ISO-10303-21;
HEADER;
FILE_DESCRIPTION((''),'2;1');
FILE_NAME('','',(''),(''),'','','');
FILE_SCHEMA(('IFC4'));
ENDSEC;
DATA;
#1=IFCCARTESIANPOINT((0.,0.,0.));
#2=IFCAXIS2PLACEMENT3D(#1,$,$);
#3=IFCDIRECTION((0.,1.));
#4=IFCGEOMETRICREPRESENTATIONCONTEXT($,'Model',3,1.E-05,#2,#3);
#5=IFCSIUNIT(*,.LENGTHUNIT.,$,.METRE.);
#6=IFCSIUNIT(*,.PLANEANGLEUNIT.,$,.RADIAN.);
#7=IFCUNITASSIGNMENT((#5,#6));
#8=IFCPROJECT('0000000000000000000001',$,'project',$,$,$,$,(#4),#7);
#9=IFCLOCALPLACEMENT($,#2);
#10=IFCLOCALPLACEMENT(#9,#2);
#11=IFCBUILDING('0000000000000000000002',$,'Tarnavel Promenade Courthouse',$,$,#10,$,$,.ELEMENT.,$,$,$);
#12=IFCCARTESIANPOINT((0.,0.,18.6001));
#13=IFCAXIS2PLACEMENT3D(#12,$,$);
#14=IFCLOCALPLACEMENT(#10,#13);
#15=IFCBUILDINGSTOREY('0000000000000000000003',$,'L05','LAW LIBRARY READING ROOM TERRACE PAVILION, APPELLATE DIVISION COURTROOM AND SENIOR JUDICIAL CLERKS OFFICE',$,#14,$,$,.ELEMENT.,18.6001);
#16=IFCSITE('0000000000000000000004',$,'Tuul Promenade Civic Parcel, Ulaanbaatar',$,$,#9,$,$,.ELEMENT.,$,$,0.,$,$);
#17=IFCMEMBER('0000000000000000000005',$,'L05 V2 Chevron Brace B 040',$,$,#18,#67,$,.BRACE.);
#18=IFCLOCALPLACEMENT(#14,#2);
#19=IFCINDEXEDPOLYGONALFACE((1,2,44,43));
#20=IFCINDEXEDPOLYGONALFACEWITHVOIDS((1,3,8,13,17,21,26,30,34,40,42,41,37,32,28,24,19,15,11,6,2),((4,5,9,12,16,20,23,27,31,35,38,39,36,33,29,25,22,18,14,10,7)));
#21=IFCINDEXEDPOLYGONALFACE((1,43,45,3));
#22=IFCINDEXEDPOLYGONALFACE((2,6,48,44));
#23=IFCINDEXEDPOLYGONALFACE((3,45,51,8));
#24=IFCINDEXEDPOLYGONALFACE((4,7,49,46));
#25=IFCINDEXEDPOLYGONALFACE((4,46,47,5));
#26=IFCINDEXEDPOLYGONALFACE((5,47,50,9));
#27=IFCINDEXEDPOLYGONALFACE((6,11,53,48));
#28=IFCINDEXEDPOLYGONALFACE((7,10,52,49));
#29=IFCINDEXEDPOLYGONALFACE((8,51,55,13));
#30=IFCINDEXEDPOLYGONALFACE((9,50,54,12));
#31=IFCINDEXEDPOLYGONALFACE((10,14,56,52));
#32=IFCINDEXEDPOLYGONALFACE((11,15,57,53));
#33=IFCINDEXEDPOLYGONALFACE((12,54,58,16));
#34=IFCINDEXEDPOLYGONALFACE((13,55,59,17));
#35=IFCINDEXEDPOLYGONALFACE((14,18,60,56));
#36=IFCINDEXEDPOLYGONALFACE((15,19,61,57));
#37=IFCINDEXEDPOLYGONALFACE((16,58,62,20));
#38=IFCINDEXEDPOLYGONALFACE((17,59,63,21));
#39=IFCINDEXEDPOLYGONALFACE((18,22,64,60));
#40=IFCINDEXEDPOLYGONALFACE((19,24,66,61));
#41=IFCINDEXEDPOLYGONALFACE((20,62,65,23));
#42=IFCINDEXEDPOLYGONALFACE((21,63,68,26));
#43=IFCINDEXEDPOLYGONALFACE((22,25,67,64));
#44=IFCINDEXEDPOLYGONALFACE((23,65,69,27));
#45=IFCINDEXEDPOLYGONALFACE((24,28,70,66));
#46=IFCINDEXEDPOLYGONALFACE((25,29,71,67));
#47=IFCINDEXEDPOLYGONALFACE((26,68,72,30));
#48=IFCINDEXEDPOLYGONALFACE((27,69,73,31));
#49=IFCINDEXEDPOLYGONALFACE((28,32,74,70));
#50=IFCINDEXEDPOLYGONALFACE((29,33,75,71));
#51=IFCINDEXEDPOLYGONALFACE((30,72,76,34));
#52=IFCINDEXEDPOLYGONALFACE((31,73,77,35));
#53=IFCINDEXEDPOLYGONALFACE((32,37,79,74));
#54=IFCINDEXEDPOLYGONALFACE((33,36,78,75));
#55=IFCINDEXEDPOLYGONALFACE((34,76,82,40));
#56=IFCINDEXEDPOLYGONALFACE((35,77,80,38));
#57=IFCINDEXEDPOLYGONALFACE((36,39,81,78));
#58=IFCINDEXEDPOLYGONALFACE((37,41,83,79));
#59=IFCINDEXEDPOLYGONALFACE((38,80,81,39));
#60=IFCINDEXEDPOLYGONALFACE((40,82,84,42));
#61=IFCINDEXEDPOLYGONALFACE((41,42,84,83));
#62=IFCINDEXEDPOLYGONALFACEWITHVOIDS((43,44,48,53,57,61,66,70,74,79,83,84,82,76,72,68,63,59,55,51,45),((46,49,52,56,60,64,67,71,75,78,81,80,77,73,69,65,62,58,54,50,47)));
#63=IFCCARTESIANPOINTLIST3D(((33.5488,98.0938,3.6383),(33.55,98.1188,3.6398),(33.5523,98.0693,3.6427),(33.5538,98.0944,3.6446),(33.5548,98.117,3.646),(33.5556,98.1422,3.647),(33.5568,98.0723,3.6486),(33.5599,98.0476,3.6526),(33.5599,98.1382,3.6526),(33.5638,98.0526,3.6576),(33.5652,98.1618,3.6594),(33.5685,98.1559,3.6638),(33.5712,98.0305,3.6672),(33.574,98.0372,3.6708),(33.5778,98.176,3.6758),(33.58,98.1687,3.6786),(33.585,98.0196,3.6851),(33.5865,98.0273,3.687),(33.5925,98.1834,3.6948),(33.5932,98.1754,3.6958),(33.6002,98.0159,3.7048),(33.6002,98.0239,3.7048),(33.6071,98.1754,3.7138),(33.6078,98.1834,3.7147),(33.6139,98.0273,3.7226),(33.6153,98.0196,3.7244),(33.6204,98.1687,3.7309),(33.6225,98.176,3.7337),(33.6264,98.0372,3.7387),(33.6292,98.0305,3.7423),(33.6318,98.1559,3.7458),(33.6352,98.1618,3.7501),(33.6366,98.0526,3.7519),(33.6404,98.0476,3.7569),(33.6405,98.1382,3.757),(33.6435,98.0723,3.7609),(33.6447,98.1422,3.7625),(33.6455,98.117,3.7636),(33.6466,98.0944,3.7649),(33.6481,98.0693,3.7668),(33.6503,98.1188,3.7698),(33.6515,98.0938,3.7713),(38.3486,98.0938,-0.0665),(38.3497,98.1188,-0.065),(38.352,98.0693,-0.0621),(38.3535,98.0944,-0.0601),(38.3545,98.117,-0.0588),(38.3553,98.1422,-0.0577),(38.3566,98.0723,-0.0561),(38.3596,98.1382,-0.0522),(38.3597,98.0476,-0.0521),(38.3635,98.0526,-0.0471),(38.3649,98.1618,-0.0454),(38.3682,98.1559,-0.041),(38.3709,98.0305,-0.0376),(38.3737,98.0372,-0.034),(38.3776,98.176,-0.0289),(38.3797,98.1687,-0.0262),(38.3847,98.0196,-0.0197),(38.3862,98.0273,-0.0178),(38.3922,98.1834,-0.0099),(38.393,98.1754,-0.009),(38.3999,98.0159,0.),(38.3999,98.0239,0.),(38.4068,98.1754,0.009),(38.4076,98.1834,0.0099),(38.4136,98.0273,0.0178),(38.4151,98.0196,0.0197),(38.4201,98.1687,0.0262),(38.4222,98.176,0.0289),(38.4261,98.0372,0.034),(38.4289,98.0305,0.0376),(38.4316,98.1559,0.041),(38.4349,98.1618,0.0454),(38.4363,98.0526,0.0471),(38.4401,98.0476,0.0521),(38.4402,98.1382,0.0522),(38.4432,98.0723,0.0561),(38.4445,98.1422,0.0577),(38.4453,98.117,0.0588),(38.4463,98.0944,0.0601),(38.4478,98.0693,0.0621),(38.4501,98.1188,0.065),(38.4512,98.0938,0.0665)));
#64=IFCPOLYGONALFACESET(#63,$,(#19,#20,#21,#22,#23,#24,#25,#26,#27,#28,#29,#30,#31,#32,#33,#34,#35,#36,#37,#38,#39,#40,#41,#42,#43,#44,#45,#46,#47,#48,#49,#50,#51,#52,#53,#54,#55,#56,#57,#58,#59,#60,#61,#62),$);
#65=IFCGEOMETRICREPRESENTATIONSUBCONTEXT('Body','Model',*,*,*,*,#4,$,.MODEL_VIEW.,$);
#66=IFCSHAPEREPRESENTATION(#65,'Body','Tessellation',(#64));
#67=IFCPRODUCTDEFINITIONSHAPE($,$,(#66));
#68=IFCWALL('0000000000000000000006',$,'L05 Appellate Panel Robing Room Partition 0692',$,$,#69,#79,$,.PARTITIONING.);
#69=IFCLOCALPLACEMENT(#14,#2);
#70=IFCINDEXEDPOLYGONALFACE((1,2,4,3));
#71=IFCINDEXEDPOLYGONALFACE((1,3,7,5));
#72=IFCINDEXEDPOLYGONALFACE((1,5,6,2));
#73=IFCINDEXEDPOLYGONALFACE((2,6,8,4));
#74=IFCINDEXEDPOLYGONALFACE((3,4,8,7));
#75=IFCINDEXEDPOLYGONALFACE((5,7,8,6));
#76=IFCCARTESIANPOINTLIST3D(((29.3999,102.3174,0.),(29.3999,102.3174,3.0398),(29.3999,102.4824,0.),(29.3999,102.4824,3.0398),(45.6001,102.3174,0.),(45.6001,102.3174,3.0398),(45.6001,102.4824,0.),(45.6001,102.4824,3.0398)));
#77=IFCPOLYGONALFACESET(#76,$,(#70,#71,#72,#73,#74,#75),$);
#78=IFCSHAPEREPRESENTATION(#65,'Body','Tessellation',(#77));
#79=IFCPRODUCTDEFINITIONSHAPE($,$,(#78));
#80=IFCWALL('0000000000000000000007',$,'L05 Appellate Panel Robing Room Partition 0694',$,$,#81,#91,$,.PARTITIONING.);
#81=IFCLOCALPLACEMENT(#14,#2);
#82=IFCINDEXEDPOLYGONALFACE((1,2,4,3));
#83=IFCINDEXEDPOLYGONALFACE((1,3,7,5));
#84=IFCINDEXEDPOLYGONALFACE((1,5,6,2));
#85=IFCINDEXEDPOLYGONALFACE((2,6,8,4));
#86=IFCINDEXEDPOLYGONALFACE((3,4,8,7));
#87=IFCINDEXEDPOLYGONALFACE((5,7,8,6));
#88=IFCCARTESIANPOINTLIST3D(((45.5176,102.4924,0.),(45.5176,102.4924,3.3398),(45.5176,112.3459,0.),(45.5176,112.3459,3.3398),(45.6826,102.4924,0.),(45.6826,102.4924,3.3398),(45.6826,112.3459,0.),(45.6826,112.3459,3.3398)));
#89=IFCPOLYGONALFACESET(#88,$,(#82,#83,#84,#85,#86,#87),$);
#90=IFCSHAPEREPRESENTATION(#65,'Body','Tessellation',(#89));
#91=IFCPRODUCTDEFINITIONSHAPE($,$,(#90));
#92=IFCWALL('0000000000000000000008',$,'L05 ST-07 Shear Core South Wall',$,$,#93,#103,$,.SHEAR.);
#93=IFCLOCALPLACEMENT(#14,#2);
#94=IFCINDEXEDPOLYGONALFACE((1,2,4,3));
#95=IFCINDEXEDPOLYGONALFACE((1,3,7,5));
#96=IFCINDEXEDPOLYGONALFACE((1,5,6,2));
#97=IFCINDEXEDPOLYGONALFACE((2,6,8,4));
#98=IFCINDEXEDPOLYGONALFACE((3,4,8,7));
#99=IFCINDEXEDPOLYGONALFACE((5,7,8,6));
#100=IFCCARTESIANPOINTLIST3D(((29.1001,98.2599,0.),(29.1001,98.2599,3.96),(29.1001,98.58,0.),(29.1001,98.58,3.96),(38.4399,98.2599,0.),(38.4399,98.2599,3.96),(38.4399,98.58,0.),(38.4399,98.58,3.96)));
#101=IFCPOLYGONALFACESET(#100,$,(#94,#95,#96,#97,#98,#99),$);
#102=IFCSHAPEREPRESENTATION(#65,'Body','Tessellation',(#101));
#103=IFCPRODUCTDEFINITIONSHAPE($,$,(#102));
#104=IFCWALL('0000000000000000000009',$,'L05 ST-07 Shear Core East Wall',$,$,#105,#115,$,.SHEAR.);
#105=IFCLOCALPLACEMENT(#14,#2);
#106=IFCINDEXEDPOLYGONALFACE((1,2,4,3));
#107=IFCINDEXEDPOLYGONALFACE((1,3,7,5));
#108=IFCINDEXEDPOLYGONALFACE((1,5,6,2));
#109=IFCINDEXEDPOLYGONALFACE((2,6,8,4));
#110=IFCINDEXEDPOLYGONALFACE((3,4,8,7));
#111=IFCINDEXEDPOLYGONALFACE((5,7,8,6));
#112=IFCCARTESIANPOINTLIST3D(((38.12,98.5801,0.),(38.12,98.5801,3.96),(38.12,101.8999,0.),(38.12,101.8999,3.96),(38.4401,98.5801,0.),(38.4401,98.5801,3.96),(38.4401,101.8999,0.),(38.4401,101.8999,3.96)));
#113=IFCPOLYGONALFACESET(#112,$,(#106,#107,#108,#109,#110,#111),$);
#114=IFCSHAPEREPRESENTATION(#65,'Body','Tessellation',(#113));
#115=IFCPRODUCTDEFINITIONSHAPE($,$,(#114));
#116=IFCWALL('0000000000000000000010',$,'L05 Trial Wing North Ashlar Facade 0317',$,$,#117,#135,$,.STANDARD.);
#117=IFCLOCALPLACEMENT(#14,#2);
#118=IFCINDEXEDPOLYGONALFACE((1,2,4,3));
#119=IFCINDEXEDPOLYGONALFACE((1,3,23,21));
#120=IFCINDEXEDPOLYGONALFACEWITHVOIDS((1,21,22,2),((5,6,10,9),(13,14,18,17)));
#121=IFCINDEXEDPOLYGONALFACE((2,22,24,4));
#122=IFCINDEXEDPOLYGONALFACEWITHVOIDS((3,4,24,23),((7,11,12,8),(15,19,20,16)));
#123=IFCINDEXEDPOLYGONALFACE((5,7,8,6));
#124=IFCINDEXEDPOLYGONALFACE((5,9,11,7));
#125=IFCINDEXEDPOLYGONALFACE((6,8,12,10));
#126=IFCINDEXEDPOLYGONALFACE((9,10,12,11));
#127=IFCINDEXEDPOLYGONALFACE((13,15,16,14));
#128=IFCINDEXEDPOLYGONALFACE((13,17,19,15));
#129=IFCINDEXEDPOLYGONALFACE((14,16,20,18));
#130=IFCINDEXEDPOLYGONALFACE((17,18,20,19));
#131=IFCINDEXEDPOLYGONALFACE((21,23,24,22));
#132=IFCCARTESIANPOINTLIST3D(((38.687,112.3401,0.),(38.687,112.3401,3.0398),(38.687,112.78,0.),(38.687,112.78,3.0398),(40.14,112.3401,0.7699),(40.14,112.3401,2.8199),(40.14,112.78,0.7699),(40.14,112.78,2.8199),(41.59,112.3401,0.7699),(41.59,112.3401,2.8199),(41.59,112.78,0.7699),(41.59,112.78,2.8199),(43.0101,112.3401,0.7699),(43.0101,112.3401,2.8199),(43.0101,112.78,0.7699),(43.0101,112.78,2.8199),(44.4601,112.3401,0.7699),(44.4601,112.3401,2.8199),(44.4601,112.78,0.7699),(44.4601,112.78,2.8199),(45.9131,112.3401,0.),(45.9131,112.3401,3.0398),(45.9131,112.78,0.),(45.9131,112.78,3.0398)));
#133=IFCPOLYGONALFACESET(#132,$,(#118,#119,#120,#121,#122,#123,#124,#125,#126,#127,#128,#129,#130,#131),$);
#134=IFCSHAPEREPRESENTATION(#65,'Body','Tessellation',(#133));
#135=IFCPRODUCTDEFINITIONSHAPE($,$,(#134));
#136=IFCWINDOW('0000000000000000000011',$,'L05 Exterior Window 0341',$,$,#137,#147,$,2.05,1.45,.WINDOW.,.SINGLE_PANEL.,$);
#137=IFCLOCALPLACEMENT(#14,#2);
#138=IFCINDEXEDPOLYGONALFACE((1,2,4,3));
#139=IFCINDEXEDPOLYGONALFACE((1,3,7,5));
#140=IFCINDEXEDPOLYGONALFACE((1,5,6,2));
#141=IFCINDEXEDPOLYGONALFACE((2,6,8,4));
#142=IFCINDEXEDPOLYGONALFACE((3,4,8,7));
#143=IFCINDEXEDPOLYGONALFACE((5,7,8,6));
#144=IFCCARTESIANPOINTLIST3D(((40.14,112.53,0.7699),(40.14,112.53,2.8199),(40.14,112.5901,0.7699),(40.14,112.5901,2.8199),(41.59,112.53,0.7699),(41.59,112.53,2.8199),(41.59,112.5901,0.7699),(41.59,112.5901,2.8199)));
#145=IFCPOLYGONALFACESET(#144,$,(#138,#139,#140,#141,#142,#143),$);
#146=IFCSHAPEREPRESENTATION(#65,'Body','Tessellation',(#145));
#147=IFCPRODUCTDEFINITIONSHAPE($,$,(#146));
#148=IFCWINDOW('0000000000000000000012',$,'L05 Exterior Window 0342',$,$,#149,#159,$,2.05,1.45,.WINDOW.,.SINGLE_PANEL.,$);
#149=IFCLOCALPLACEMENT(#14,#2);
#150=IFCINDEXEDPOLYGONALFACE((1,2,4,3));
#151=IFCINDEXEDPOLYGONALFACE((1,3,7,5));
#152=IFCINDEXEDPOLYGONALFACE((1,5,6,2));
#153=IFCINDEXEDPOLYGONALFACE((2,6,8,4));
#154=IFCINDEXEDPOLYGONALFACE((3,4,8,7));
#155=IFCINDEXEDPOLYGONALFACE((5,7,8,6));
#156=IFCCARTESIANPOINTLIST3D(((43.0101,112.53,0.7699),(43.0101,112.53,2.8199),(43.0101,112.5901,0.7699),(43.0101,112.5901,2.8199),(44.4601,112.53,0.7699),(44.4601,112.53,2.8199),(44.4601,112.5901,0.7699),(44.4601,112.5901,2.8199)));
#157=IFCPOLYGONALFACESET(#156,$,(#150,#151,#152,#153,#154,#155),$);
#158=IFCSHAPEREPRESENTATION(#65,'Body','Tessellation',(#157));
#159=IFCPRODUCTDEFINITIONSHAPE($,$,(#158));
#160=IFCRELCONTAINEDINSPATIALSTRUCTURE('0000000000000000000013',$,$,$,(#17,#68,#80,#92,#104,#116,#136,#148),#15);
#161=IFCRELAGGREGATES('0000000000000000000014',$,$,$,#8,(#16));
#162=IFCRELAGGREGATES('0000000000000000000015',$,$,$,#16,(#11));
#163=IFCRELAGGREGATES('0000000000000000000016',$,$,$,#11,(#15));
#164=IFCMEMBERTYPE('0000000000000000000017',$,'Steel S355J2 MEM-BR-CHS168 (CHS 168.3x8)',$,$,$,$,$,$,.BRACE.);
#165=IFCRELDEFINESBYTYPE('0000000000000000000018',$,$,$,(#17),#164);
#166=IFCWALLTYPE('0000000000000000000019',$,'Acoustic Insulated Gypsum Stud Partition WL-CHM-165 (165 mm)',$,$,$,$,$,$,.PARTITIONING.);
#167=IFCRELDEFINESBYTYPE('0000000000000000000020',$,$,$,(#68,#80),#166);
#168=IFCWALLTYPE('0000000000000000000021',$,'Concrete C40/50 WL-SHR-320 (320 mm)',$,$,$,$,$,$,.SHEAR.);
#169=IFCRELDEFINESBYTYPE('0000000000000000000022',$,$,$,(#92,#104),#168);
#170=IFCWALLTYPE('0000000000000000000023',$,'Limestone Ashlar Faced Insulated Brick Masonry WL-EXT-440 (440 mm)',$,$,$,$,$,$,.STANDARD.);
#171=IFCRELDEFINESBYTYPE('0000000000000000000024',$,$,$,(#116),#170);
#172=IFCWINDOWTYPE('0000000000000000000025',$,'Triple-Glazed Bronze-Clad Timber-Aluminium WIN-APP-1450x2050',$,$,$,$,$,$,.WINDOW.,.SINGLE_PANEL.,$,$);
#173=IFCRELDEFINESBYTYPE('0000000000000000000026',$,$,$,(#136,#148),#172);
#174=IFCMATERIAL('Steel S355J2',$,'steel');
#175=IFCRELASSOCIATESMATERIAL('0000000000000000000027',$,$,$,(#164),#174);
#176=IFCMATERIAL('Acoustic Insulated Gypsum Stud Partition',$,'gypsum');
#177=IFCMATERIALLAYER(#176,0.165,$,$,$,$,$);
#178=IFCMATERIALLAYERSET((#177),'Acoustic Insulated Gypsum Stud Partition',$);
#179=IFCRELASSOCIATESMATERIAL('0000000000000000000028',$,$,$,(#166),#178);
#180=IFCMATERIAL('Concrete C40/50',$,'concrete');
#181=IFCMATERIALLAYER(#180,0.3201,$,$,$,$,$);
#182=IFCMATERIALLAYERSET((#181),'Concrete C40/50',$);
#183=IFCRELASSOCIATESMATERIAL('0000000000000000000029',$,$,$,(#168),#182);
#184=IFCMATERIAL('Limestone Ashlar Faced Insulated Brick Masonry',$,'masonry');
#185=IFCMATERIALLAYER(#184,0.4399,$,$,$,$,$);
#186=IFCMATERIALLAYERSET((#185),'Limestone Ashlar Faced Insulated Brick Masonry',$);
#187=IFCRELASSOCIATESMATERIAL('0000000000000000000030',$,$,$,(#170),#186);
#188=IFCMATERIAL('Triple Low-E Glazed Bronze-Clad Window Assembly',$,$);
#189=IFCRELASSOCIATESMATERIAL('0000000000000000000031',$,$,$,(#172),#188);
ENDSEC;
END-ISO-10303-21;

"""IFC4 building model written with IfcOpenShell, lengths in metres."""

from ifc_helpers import new_model, si_unit, direction, frame, frame_2d, origin, origin_2d, place, context, subcontext, project, spatial, rectangle, hollow_circle, extrude, material, layer, layer_set, material_profile, profile_set, type_object, element, fill, save


model = new_model("IFC4")

# Units and contexts
model_context = context("Model", 3, precision=1e-05, world=origin(), true_north=direction((0.0, 1.0)))
body_context = subcontext(model_context, "Body", "Model", "MODEL_VIEW")
ifc_project = project(units=[si_unit("LENGTHUNIT", "METRE"), si_unit("PLANEANGLEUNIT", "RADIAN")], contexts=[model_context])

# Site, building, storey
site_placement = place(None, origin())
site = spatial("IfcSite", under=ifc_project, at=site_placement, Name="Tuul Promenade Civic Parcel, Ulaanbaatar", CompositionType="ELEMENT", RefElevation=0.0)
building_placement = place(site_placement, origin())
building = spatial("IfcBuilding", under=site, at=building_placement, Name="Tarnavel Promenade Courthouse", CompositionType="ELEMENT")
storey_placement = place(building_placement, frame((0.0, 0.0, 18.6001)))
storey = spatial("IfcBuildingStorey", under=building, at=storey_placement, Name="L05", Description="LAW LIBRARY READING ROOM TERRACE PAVILION, APPELLATE DIVISION COURTROOM AND SENIOR JUDICIAL CLERKS OFFICE", CompositionType="ELEMENT", Elevation=18.6001)

# Shared definitions
ifc_material_1 = material(Name="Concrete C40/50", Category="concrete")

# Member
ifc_material_2 = material(Name="Steel S355J2", Category="steel")
ifc_material_profile_1 = material_profile(ifc_material_2, hollow_circle(Radius=0.0842, WallThickness=0.0081, at=origin_2d()), Name="CHS 168.3x8")
ifc_profile_set_1 = profile_set([ifc_material_profile_1], Name="Steel S355J2")
member_type = type_object("IfcMemberType", Name="Steel S355J2 MEM-BR-CHS168 (CHS 168.3x8)", PredefinedType="BRACE", material=ifc_profile_set_1)
member_placement = place(storey_placement, frame((38.3999, 98.1001, 0.0), z_axis=(-0.791613, 0.0, 0.611023), x_axis=(0.0, -1.0, 0.0)))
element("IfcMember", 1, at=member_placement, inside=storey, type_object=member_type, Name="L05 V2 Chevron Brace B 040", PredefinedType="BRACE", context=body_context, shape_type="SweptSolid", body=[
    extrude(hollow_circle(Radius=0.0842, WallThickness=0.0081, at=origin_2d()), origin(), (0.0, 0.0, 1.0), 6.0632),
])

# Walls
ifc_material_3 = material(Name="Acoustic Insulated Gypsum Stud Partition", Category="gypsum")
ifc_layer_1 = layer(ifc_material_3, 0.165)
ifc_layer_set_1 = layer_set([ifc_layer_1], Name="Acoustic Insulated Gypsum Stud Partition")
wall_type_1 = type_object("IfcWallType", Name="Acoustic Insulated Gypsum Stud Partition WL-CHM-165 (165 mm)", PredefinedType="PARTITIONING", material=ifc_layer_set_1)
wall_1_placement = place(storey_placement, frame((45.6001, 102.3999, 0.0), z_axis=(0.0, 0.0, 1.0), x_axis=(-1.0, 0.0, 0.0)))
element("IfcWall", 2, at=wall_1_placement, inside=storey, type_object=wall_type_1, Name="L05 Appellate Panel Robing Room Partition 0692", PredefinedType="PARTITIONING", context=body_context, shape_type="SweptSolid", body=[
    extrude(rectangle(XDim=16.2002, YDim=0.165, at=frame_2d((8.1001, 0.0))), origin(), (0.0, 0.0, 1.0), 3.0398),
])
wall_2_placement = place(storey_placement, frame((45.6001, 112.3459, 0.0), z_axis=(0.0, 0.0, 1.0), x_axis=(0.0, -1.0, 0.0)))
element("IfcWall", 3, at=wall_2_placement, inside=storey, type_object=wall_type_1, Name="L05 Appellate Panel Robing Room Partition 0694", PredefinedType="PARTITIONING", context=body_context, shape_type="SweptSolid", body=[
    extrude(rectangle(XDim=9.8535, YDim=0.165, at=frame_2d((4.9268, 0.0))), origin(), (0.0, 0.0, 1.0), 3.3398),
])
ifc_layer_2 = layer(ifc_material_1, 0.3201)
ifc_layer_set_2 = layer_set([ifc_layer_2], Name="Concrete C40/50")
wall_type_2 = type_object("IfcWallType", Name="Concrete C40/50 WL-SHR-320 (320 mm)", PredefinedType="SHEAR", material=ifc_layer_set_2)
wall_3_placement = place(storey_placement, frame((38.4399, 98.4199, 0.0), z_axis=(0.0, 0.0, 1.0), x_axis=(-1.0, 0.0, 0.0)))
element("IfcWall", 4, at=wall_3_placement, inside=storey, type_object=wall_type_2, Name="L05 ST-07 Shear Core South Wall", PredefinedType="SHEAR", context=body_context, shape_type="SweptSolid", body=[
    extrude(rectangle(XDim=9.3398, YDim=0.3201, at=frame_2d((4.6699, 0.0))), origin(), (0.0, 0.0, 1.0), 3.96),
])
wall_4_placement = place(storey_placement, frame((38.28, 101.8999, 0.0), z_axis=(0.0, 0.0, 1.0), x_axis=(0.0, -1.0, 0.0)))
element("IfcWall", 5, at=wall_4_placement, inside=storey, type_object=wall_type_2, Name="L05 ST-07 Shear Core East Wall", PredefinedType="SHEAR", context=body_context, shape_type="SweptSolid", body=[
    extrude(rectangle(XDim=3.3198, YDim=0.3201, at=frame_2d((1.6599, 0.0))), origin(), (0.0, 0.0, 1.0), 3.96),
])

# Wall, openings, windows
ifc_material_4 = material(Name="Limestone Ashlar Faced Insulated Brick Masonry", Category="masonry")
ifc_layer_3 = layer(ifc_material_4, 0.4399)
ifc_layer_set_3 = layer_set([ifc_layer_3], Name="Limestone Ashlar Faced Insulated Brick Masonry")
wall_type_3 = type_object("IfcWallType", Name="Limestone Ashlar Faced Insulated Brick Masonry WL-EXT-440 (440 mm)", PredefinedType="STANDARD", material=ifc_layer_set_3)
wall_5_placement = place(storey_placement, frame((38.687, 112.5601, 0.0), z_axis=(0.0, 0.0, 1.0), x_axis=(1.0, 0.0, 0.0)))
wall_5 = element("IfcWall", 6, at=wall_5_placement, inside=storey, type_object=wall_type_3, Name="L05 Trial Wing North Ashlar Facade 0317", PredefinedType="STANDARD", context=body_context, shape_type="SweptSolid", body=[
    extrude(rectangle(XDim=7.2261, YDim=0.4399, at=frame_2d((3.613, 0.0))), origin(), (0.0, 0.0, 1.0), 3.0398),
])
opening_1_placement = place(wall_5_placement, frame((1.4529, 0.0, 0.77)))
opening_1 = element("IfcOpeningElement", 7, at=opening_1_placement, cuts=wall_5, PredefinedType="OPENING", context=body_context, shape_type="SweptSolid", body=[
    extrude(rectangle(XDim=1.45, YDim=2.05, at=frame_2d((0.7251, 1.0249))), frame((0.0, 0.23, 0.0), z_axis=(0.0, -1.0, 0.0), x_axis=(1.0, 0.0, 0.0)), (0.0, 0.0, 1.0), 0.46),
])
opening_2_placement = place(wall_5_placement, frame((4.323, 0.0, 0.77)))
opening_2 = element("IfcOpeningElement", 8, at=opening_2_placement, cuts=wall_5, PredefinedType="OPENING", context=body_context, shape_type="SweptSolid", body=[
    extrude(rectangle(XDim=1.45, YDim=2.05, at=frame_2d((0.7251, 1.0249))), frame((0.0, 0.23, 0.0), z_axis=(0.0, -1.0, 0.0), x_axis=(1.0, 0.0, 0.0)), (0.0, 0.0, 1.0), 0.46),
])
ifc_material_5 = material(Name="Triple Low-E Glazed Bronze-Clad Window Assembly")
window_type_1 = type_object("IfcWindowType", Name="Triple-Glazed Bronze-Clad Timber-Aluminium WIN-APP-1450x2050", PartitioningType="SINGLE_PANEL", PredefinedType="WINDOW", material=ifc_material_5)
window_1_placement = place(opening_1_placement, origin())
window_1 = element("IfcWindow", 9, at=window_1_placement, inside=storey, type_object=window_type_1, Name="L05 Exterior Window 0341", OverallHeight=2.05, OverallWidth=1.45, PartitioningType="SINGLE_PANEL", PredefinedType="WINDOW", context=body_context, shape_type="SweptSolid", body=[
    extrude(rectangle(XDim=1.45, YDim=2.05, at=frame_2d((0.7251, 1.0249))), frame((0.0, 0.03, 0.0), z_axis=(0.0, -1.0, 0.0), x_axis=(1.0, 0.0, 0.0)), (0.0, 0.0, 1.0), 0.0601),
])
fill(opening_1, window_1)
window_2_placement = place(opening_2_placement, origin())
window_2 = element("IfcWindow", 10, at=window_2_placement, inside=storey, type_object=window_type_1, Name="L05 Exterior Window 0342", OverallHeight=2.05, OverallWidth=1.45, PartitioningType="SINGLE_PANEL", PredefinedType="WINDOW", context=body_context, shape_type="SweptSolid", body=[
    extrude(rectangle(XDim=1.45, YDim=2.05, at=frame_2d((0.7251, 1.0249))), frame((0.0, 0.03, 0.0), z_axis=(0.0, -1.0, 0.0), x_axis=(1.0, 0.0, 0.0)), (0.0, 0.0, 1.0), 0.0601),
])
fill(opening_2, window_2)

save(model, "model.ifc")
